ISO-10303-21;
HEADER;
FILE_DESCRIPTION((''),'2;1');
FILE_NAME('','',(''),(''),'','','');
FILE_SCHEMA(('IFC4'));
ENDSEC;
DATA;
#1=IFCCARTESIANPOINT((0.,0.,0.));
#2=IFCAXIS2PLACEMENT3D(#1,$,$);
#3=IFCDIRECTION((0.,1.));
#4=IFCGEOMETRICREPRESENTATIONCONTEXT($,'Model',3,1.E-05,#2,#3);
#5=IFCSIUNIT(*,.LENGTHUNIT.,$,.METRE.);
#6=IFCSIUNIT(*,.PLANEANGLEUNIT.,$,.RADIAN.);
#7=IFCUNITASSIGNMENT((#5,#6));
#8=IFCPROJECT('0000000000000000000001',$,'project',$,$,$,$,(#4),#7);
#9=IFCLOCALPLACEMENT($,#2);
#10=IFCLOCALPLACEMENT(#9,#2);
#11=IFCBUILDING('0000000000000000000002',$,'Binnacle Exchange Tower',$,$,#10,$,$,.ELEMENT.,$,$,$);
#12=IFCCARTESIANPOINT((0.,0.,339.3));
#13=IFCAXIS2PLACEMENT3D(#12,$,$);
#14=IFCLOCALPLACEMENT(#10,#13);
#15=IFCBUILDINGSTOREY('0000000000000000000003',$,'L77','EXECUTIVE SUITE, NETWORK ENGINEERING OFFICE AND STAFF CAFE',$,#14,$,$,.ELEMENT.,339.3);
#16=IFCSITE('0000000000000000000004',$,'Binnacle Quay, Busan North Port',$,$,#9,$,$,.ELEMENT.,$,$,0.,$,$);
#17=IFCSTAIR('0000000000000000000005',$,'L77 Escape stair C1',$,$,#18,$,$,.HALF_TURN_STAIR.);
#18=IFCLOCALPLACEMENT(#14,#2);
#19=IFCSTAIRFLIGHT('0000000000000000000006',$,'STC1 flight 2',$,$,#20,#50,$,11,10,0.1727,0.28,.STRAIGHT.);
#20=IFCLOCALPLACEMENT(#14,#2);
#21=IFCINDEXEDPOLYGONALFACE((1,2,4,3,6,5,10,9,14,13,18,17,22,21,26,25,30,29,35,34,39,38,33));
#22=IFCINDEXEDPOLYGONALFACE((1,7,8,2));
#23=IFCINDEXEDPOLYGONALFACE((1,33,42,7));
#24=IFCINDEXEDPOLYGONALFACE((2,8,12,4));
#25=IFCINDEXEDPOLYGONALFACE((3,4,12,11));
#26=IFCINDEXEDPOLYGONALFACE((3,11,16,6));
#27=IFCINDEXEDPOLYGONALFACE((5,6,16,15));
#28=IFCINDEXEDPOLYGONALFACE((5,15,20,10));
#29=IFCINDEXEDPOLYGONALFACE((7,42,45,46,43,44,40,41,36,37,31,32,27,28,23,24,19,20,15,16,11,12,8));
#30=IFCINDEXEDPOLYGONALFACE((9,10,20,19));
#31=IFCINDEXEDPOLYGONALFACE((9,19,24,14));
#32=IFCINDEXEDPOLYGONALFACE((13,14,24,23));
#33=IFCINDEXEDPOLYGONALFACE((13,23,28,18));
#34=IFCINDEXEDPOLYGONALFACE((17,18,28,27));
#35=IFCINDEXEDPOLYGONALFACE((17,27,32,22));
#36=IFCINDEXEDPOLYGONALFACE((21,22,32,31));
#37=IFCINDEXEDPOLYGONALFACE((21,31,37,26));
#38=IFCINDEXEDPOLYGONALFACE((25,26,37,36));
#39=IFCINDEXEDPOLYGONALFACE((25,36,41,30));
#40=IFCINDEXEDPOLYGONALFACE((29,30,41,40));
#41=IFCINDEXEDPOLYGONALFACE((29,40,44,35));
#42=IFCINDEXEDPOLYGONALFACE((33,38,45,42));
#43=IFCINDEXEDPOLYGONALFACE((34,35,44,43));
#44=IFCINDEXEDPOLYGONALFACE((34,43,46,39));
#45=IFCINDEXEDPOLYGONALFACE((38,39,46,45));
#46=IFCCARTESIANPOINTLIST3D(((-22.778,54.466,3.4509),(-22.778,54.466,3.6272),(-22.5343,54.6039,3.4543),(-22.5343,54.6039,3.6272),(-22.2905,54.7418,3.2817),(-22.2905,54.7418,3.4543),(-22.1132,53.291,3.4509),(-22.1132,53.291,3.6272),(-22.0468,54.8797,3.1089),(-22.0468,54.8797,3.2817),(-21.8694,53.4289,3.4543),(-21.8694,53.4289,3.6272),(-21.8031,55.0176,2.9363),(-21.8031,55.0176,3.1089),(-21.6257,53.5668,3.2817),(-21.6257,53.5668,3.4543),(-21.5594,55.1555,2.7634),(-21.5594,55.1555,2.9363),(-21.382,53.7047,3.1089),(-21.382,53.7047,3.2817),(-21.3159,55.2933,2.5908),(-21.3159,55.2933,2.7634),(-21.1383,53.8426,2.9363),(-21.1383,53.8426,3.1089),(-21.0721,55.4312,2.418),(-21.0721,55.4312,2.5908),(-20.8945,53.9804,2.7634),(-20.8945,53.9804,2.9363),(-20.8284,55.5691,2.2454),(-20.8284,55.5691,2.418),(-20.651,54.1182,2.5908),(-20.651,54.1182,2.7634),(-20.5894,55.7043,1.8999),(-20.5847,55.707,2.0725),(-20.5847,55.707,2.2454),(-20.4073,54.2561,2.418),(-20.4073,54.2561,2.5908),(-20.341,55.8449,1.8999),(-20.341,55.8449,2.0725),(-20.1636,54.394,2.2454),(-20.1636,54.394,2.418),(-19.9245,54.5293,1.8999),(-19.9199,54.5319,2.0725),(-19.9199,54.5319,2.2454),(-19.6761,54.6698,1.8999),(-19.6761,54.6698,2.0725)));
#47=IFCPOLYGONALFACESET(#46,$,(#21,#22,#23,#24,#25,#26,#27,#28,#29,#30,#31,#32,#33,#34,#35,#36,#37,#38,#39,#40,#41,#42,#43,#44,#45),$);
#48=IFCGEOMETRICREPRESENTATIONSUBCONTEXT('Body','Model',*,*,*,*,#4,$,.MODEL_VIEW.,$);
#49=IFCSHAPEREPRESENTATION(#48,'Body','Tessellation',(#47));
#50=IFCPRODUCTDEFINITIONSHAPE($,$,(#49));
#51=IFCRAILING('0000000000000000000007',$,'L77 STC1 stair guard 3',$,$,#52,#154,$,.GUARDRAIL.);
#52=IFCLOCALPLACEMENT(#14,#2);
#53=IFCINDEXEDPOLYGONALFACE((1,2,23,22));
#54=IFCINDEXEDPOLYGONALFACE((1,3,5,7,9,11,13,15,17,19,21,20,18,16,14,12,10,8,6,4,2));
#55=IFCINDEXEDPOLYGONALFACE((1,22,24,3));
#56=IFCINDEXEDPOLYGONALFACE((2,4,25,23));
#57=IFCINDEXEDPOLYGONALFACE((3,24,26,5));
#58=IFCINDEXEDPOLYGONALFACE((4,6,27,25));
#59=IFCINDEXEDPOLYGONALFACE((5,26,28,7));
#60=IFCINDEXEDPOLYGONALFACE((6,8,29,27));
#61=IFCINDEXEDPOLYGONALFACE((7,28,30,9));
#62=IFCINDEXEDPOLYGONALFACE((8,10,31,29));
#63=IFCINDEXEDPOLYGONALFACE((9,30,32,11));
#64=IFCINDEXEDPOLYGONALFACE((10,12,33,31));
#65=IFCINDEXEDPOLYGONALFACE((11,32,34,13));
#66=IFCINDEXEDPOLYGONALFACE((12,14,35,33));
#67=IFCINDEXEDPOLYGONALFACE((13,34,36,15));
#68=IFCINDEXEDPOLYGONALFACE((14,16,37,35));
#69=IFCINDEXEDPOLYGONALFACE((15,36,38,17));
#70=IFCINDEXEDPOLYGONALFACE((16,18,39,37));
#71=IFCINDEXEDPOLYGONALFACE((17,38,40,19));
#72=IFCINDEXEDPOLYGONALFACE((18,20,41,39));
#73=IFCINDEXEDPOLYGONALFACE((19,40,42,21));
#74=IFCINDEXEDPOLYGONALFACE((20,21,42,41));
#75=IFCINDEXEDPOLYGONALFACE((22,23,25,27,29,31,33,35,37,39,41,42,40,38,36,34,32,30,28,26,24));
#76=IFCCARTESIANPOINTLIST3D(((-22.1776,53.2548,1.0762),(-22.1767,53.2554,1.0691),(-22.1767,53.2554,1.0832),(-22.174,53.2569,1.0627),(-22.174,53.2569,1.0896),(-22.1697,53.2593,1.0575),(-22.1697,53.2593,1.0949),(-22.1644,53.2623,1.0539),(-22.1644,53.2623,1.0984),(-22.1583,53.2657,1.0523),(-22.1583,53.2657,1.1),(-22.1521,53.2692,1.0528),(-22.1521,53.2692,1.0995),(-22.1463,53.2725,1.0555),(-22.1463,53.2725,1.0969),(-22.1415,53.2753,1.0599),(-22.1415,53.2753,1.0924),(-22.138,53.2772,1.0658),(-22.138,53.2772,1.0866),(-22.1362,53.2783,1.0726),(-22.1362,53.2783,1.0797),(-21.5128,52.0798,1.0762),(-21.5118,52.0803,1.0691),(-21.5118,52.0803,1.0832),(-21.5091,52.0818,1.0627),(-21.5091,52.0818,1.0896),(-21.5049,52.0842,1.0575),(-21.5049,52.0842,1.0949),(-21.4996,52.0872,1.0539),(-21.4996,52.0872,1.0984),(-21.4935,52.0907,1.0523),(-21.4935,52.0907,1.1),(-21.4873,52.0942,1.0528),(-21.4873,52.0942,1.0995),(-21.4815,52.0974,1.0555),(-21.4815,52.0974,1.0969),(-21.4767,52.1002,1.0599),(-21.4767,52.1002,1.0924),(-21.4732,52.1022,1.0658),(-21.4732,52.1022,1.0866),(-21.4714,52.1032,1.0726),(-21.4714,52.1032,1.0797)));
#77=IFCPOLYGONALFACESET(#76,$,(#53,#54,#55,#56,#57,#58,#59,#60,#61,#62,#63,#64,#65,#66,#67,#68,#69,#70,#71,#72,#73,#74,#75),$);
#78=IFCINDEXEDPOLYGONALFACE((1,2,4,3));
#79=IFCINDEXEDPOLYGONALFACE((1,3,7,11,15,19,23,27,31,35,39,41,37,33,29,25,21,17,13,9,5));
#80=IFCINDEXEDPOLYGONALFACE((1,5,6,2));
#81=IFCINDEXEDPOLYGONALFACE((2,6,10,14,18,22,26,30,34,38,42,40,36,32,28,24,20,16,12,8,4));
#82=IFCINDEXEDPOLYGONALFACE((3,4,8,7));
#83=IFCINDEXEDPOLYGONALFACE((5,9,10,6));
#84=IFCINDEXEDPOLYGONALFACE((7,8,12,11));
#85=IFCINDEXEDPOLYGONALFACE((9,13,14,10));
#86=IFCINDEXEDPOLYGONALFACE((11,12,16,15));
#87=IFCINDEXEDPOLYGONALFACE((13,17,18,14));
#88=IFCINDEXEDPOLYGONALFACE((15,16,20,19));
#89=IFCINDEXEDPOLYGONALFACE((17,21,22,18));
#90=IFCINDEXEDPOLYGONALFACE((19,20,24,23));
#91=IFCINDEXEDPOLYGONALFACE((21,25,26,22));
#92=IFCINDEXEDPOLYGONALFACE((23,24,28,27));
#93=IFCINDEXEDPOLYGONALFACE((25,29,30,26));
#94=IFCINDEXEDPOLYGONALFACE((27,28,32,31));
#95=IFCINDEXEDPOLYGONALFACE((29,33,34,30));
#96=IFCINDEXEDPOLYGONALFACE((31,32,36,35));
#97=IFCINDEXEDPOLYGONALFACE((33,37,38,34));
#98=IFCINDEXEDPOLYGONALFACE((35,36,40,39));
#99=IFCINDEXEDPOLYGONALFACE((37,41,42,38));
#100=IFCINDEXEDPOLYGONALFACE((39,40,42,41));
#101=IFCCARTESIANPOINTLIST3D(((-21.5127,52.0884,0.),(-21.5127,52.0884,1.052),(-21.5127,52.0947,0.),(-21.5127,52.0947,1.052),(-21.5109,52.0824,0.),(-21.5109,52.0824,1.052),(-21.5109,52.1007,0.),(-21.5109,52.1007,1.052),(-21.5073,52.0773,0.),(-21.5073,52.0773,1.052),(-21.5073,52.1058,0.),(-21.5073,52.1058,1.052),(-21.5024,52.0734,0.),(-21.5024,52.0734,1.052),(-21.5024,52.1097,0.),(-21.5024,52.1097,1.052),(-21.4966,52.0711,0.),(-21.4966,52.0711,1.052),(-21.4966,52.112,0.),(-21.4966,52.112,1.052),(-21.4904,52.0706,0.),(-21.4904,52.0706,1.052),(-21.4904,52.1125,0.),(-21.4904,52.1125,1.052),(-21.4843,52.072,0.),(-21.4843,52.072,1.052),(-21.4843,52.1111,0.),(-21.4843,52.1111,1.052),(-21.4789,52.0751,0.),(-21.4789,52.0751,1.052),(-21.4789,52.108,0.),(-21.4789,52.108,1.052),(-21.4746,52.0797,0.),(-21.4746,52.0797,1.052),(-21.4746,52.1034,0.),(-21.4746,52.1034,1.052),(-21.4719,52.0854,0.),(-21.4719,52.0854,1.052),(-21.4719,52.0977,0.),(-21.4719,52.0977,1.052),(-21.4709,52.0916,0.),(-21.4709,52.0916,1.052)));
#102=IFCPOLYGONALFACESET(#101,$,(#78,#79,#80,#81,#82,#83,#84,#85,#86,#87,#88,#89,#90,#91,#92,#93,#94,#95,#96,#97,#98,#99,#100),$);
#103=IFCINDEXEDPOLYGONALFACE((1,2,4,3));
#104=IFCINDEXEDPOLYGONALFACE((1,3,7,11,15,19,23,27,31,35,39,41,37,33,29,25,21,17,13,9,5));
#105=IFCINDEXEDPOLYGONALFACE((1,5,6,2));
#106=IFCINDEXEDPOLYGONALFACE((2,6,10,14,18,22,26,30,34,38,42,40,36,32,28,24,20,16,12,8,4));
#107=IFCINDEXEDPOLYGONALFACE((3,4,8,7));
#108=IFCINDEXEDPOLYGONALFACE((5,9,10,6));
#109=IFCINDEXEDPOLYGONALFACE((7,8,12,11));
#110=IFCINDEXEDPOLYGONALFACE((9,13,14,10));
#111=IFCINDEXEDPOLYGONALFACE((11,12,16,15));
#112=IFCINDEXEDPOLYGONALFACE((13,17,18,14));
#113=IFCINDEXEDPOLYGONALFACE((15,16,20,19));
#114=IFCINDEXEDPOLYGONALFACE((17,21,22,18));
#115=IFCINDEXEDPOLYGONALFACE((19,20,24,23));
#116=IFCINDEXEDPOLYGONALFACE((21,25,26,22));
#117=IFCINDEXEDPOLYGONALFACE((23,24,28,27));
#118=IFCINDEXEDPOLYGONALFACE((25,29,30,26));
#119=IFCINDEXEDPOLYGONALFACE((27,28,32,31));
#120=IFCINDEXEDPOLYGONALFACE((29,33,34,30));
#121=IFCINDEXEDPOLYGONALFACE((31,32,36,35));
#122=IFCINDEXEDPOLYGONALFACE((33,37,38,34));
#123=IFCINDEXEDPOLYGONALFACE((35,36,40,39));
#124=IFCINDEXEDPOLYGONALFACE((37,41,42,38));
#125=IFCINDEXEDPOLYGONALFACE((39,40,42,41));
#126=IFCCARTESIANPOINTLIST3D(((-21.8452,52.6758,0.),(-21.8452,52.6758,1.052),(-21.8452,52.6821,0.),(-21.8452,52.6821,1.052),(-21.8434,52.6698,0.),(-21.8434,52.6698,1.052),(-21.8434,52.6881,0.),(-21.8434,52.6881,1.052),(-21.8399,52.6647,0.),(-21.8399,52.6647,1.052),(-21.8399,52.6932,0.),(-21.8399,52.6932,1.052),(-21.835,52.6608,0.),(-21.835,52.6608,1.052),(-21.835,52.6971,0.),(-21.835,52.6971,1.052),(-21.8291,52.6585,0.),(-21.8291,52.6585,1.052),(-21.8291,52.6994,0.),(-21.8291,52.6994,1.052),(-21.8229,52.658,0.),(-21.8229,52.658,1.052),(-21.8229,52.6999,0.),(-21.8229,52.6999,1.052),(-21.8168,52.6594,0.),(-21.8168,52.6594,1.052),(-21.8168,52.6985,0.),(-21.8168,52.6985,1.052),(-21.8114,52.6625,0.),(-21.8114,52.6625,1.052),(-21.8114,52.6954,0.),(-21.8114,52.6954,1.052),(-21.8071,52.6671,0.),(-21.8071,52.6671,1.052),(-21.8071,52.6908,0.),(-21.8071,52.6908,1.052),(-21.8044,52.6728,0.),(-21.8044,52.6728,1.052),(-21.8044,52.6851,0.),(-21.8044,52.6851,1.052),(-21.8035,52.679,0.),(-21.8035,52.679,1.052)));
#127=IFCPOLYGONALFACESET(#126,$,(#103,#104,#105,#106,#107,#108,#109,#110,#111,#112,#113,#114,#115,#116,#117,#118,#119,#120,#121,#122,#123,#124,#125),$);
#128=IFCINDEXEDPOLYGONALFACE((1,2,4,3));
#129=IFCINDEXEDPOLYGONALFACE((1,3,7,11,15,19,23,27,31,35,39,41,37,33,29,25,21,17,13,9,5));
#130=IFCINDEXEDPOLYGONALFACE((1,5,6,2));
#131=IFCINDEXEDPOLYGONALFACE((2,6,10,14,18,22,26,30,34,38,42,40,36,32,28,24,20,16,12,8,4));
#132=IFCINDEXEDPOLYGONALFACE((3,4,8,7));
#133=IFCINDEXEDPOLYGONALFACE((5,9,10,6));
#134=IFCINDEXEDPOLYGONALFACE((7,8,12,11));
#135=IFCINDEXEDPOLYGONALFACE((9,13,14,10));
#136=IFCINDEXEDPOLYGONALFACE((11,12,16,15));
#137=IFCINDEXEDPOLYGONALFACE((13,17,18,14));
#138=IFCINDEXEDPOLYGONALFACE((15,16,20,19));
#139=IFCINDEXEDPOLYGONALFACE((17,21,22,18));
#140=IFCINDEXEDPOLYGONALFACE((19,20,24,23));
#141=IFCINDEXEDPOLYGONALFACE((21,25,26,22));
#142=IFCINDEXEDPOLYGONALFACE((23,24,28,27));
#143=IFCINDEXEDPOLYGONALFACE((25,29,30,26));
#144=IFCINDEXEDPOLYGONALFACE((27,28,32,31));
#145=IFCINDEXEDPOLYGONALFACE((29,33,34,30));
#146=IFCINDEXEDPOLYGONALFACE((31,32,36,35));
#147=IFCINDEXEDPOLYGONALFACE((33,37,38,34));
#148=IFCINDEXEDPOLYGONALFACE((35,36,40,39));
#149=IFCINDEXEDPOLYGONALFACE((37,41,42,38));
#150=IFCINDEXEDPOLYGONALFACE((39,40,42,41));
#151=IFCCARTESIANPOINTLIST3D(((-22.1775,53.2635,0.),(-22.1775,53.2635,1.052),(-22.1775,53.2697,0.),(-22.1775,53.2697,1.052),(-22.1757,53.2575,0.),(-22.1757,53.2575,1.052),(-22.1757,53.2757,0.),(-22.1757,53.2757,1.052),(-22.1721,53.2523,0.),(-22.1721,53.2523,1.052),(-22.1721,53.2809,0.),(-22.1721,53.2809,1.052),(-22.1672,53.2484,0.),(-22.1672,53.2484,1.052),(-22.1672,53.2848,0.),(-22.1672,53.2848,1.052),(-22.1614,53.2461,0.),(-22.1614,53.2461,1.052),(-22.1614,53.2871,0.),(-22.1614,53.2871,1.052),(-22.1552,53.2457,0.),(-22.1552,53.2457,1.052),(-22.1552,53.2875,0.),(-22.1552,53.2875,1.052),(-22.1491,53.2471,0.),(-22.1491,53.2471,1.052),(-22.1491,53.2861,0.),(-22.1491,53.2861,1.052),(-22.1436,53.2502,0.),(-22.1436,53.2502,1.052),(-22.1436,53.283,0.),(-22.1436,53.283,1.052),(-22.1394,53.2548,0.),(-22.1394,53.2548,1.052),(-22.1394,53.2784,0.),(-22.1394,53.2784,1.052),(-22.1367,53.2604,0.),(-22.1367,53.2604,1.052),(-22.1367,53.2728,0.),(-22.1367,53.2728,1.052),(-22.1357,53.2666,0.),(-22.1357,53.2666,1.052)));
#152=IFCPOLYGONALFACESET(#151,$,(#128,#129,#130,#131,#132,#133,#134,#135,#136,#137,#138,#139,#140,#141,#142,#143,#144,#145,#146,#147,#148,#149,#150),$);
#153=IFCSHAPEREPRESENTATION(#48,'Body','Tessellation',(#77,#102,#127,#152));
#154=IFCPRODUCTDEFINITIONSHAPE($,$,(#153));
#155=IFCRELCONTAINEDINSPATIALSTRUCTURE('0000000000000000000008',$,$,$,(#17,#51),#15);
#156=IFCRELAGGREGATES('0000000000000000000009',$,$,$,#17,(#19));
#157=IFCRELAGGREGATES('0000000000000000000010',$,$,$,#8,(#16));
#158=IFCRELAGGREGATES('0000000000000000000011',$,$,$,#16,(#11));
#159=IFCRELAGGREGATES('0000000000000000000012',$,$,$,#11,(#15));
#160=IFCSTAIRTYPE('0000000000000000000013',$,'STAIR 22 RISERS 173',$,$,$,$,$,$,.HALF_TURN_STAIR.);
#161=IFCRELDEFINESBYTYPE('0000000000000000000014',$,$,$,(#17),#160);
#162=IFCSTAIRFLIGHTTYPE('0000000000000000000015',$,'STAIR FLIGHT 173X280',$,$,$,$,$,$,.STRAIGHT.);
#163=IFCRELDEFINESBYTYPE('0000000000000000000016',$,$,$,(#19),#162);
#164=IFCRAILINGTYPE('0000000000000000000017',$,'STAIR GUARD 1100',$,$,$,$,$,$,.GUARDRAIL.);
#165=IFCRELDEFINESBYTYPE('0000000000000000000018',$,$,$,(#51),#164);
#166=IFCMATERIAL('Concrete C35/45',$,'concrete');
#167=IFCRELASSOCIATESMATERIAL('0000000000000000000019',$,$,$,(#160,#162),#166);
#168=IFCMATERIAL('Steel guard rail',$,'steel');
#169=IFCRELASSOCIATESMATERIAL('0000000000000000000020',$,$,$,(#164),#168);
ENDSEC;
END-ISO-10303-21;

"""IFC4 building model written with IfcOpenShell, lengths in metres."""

from ifc_helpers import new_model, si_unit, direction, frame, origin, origin_2d, place, context, subcontext, project, spatial, polyline, circle, outline, extrude, material, type_object, element, aggregate, save


model = new_model("IFC4")

# Units and contexts
model_context = context("Model", 3, precision=1e-05, world=origin(), true_north=direction((0.0, 1.0)))
body_context = subcontext(model_context, "Body", "Model", "MODEL_VIEW")
ifc_project = project(units=[si_unit("LENGTHUNIT", "METRE"), si_unit("PLANEANGLEUNIT", "RADIAN")], contexts=[model_context])

# Site, building, storey
site_placement = place(None, origin())
site = spatial("IfcSite", under=ifc_project, at=site_placement, Name="Binnacle Quay, Busan North Port", CompositionType="ELEMENT", RefElevation=0.0)
building_placement = place(site_placement, origin())
building = spatial("IfcBuilding", under=site, at=building_placement, Name="Binnacle Exchange Tower", CompositionType="ELEMENT")
storey_placement = place(building_placement, frame((0.0, 0.0, 339.3)))
storey = spatial("IfcBuildingStorey", under=building, at=storey_placement, Name="L77", Description="EXECUTIVE SUITE, NETWORK ENGINEERING OFFICE AND STAFF CAFE", CompositionType="ELEMENT", Elevation=339.3)

# Stair, stair flight
ifc_material_1 = material(Name="Concrete C35/45", Category="concrete")
stair_type = type_object("IfcStairType", Name="STAIR 22 RISERS 173", PredefinedType="HALF_TURN_STAIR", material=ifc_material_1)
stair_placement = place(storey_placement, origin())
stair = element("IfcStair", 1, at=stair_placement, inside=storey, type_object=stair_type, Name="L77 Escape stair C1", PredefinedType="HALF_TURN_STAIR")
stair_flight_type = type_object("IfcStairFlightType", Name="STAIR FLIGHT 173X280", PredefinedType="STRAIGHT", material=ifc_material_1)
stair_flight_1_placement = place(storey_placement, frame((-20.0085, 55.2573, 1.8999), z_axis=(0.0, 0.0, 1.0), x_axis=(-0.870356, -0.492424, 0.0)))
stair_flight_1 = element("IfcStairFlight", 2, at=stair_flight_1_placement, type_object=stair_flight_type, Name="STC1 flight 2", NumberOfRisers=11, NumberOfTreads=10, PredefinedType="STRAIGHT", RiserHeight=0.1727, TreadLength=0.28, context=body_context, shape_type="SweptSolid", body=[
    extrude(outline(polyline([(0.0, 0.0), (0.0, 0.1726), (0.28, 0.1726), (0.28, 0.3455), (0.5601, 0.3455), (0.5601, 0.5181), (0.8401, 0.5181), (0.8401, 0.6909), (1.1201, 0.6909), (1.1201, 0.8635), (1.3999, 0.8635), (1.3999, 1.0364), (1.6799, 1.0364), (1.6799, 1.209), (1.96, 1.209), (1.96, 1.3818), (2.24, 1.3818), (2.24, 1.5544), (2.52, 1.5544), (2.52, 1.7273), (2.8, 1.7273), (2.8, 1.8999), (2.8, 1.551), (0.2854, 0.0), (0.0, 0.0)])), frame((0.0, 0.675, 0.0), z_axis=(0.0, -1.0, 0.0), x_axis=(1.0, 0.0, 0.0)), (0.0, 0.0, 1.0), 1.3501),
])
aggregate(stair, [stair_flight_1])

# Railing
ifc_material_2 = material(Name="Steel guard rail", Category="steel")
railing_type_1 = type_object("IfcRailingType", Name="STAIR GUARD 1100", PredefinedType="GUARDRAIL", material=ifc_material_2)
railing_1_placement = place(storey_placement, frame((-21.4919, 52.0916, 0.0)))
element("IfcRailing", 3, at=railing_1_placement, inside=storey, type_object=railing_type_1, Name="L77 STC1 stair guard 3", PredefinedType="GUARDRAIL", context=body_context, shape_type="SweptSolid", body=[
    extrude(circle(Radius=0.0239, at=origin_2d()), frame((0.0, 0.0, 1.0762), z_axis=(-0.492415, 0.870361, 0.0), x_axis=(-0.870361, -0.492415, 0.0)), (0.0, 0.0, 1.0), 1.3501),
    extrude(circle(Radius=0.021, at=origin_2d()), origin(), (0.0, 0.0, 1.0), 1.052),
    extrude(circle(Radius=0.021, at=origin_2d()), frame((-0.3325, 0.5874, 0.0)), (0.0, 0.0, 1.0), 1.052),
    extrude(circle(Radius=0.021, at=origin_2d()), frame((-0.6648, 1.175, 0.0)), (0.0, 0.0, 1.0), 1.052),
])

save(model, "model.ifc")
